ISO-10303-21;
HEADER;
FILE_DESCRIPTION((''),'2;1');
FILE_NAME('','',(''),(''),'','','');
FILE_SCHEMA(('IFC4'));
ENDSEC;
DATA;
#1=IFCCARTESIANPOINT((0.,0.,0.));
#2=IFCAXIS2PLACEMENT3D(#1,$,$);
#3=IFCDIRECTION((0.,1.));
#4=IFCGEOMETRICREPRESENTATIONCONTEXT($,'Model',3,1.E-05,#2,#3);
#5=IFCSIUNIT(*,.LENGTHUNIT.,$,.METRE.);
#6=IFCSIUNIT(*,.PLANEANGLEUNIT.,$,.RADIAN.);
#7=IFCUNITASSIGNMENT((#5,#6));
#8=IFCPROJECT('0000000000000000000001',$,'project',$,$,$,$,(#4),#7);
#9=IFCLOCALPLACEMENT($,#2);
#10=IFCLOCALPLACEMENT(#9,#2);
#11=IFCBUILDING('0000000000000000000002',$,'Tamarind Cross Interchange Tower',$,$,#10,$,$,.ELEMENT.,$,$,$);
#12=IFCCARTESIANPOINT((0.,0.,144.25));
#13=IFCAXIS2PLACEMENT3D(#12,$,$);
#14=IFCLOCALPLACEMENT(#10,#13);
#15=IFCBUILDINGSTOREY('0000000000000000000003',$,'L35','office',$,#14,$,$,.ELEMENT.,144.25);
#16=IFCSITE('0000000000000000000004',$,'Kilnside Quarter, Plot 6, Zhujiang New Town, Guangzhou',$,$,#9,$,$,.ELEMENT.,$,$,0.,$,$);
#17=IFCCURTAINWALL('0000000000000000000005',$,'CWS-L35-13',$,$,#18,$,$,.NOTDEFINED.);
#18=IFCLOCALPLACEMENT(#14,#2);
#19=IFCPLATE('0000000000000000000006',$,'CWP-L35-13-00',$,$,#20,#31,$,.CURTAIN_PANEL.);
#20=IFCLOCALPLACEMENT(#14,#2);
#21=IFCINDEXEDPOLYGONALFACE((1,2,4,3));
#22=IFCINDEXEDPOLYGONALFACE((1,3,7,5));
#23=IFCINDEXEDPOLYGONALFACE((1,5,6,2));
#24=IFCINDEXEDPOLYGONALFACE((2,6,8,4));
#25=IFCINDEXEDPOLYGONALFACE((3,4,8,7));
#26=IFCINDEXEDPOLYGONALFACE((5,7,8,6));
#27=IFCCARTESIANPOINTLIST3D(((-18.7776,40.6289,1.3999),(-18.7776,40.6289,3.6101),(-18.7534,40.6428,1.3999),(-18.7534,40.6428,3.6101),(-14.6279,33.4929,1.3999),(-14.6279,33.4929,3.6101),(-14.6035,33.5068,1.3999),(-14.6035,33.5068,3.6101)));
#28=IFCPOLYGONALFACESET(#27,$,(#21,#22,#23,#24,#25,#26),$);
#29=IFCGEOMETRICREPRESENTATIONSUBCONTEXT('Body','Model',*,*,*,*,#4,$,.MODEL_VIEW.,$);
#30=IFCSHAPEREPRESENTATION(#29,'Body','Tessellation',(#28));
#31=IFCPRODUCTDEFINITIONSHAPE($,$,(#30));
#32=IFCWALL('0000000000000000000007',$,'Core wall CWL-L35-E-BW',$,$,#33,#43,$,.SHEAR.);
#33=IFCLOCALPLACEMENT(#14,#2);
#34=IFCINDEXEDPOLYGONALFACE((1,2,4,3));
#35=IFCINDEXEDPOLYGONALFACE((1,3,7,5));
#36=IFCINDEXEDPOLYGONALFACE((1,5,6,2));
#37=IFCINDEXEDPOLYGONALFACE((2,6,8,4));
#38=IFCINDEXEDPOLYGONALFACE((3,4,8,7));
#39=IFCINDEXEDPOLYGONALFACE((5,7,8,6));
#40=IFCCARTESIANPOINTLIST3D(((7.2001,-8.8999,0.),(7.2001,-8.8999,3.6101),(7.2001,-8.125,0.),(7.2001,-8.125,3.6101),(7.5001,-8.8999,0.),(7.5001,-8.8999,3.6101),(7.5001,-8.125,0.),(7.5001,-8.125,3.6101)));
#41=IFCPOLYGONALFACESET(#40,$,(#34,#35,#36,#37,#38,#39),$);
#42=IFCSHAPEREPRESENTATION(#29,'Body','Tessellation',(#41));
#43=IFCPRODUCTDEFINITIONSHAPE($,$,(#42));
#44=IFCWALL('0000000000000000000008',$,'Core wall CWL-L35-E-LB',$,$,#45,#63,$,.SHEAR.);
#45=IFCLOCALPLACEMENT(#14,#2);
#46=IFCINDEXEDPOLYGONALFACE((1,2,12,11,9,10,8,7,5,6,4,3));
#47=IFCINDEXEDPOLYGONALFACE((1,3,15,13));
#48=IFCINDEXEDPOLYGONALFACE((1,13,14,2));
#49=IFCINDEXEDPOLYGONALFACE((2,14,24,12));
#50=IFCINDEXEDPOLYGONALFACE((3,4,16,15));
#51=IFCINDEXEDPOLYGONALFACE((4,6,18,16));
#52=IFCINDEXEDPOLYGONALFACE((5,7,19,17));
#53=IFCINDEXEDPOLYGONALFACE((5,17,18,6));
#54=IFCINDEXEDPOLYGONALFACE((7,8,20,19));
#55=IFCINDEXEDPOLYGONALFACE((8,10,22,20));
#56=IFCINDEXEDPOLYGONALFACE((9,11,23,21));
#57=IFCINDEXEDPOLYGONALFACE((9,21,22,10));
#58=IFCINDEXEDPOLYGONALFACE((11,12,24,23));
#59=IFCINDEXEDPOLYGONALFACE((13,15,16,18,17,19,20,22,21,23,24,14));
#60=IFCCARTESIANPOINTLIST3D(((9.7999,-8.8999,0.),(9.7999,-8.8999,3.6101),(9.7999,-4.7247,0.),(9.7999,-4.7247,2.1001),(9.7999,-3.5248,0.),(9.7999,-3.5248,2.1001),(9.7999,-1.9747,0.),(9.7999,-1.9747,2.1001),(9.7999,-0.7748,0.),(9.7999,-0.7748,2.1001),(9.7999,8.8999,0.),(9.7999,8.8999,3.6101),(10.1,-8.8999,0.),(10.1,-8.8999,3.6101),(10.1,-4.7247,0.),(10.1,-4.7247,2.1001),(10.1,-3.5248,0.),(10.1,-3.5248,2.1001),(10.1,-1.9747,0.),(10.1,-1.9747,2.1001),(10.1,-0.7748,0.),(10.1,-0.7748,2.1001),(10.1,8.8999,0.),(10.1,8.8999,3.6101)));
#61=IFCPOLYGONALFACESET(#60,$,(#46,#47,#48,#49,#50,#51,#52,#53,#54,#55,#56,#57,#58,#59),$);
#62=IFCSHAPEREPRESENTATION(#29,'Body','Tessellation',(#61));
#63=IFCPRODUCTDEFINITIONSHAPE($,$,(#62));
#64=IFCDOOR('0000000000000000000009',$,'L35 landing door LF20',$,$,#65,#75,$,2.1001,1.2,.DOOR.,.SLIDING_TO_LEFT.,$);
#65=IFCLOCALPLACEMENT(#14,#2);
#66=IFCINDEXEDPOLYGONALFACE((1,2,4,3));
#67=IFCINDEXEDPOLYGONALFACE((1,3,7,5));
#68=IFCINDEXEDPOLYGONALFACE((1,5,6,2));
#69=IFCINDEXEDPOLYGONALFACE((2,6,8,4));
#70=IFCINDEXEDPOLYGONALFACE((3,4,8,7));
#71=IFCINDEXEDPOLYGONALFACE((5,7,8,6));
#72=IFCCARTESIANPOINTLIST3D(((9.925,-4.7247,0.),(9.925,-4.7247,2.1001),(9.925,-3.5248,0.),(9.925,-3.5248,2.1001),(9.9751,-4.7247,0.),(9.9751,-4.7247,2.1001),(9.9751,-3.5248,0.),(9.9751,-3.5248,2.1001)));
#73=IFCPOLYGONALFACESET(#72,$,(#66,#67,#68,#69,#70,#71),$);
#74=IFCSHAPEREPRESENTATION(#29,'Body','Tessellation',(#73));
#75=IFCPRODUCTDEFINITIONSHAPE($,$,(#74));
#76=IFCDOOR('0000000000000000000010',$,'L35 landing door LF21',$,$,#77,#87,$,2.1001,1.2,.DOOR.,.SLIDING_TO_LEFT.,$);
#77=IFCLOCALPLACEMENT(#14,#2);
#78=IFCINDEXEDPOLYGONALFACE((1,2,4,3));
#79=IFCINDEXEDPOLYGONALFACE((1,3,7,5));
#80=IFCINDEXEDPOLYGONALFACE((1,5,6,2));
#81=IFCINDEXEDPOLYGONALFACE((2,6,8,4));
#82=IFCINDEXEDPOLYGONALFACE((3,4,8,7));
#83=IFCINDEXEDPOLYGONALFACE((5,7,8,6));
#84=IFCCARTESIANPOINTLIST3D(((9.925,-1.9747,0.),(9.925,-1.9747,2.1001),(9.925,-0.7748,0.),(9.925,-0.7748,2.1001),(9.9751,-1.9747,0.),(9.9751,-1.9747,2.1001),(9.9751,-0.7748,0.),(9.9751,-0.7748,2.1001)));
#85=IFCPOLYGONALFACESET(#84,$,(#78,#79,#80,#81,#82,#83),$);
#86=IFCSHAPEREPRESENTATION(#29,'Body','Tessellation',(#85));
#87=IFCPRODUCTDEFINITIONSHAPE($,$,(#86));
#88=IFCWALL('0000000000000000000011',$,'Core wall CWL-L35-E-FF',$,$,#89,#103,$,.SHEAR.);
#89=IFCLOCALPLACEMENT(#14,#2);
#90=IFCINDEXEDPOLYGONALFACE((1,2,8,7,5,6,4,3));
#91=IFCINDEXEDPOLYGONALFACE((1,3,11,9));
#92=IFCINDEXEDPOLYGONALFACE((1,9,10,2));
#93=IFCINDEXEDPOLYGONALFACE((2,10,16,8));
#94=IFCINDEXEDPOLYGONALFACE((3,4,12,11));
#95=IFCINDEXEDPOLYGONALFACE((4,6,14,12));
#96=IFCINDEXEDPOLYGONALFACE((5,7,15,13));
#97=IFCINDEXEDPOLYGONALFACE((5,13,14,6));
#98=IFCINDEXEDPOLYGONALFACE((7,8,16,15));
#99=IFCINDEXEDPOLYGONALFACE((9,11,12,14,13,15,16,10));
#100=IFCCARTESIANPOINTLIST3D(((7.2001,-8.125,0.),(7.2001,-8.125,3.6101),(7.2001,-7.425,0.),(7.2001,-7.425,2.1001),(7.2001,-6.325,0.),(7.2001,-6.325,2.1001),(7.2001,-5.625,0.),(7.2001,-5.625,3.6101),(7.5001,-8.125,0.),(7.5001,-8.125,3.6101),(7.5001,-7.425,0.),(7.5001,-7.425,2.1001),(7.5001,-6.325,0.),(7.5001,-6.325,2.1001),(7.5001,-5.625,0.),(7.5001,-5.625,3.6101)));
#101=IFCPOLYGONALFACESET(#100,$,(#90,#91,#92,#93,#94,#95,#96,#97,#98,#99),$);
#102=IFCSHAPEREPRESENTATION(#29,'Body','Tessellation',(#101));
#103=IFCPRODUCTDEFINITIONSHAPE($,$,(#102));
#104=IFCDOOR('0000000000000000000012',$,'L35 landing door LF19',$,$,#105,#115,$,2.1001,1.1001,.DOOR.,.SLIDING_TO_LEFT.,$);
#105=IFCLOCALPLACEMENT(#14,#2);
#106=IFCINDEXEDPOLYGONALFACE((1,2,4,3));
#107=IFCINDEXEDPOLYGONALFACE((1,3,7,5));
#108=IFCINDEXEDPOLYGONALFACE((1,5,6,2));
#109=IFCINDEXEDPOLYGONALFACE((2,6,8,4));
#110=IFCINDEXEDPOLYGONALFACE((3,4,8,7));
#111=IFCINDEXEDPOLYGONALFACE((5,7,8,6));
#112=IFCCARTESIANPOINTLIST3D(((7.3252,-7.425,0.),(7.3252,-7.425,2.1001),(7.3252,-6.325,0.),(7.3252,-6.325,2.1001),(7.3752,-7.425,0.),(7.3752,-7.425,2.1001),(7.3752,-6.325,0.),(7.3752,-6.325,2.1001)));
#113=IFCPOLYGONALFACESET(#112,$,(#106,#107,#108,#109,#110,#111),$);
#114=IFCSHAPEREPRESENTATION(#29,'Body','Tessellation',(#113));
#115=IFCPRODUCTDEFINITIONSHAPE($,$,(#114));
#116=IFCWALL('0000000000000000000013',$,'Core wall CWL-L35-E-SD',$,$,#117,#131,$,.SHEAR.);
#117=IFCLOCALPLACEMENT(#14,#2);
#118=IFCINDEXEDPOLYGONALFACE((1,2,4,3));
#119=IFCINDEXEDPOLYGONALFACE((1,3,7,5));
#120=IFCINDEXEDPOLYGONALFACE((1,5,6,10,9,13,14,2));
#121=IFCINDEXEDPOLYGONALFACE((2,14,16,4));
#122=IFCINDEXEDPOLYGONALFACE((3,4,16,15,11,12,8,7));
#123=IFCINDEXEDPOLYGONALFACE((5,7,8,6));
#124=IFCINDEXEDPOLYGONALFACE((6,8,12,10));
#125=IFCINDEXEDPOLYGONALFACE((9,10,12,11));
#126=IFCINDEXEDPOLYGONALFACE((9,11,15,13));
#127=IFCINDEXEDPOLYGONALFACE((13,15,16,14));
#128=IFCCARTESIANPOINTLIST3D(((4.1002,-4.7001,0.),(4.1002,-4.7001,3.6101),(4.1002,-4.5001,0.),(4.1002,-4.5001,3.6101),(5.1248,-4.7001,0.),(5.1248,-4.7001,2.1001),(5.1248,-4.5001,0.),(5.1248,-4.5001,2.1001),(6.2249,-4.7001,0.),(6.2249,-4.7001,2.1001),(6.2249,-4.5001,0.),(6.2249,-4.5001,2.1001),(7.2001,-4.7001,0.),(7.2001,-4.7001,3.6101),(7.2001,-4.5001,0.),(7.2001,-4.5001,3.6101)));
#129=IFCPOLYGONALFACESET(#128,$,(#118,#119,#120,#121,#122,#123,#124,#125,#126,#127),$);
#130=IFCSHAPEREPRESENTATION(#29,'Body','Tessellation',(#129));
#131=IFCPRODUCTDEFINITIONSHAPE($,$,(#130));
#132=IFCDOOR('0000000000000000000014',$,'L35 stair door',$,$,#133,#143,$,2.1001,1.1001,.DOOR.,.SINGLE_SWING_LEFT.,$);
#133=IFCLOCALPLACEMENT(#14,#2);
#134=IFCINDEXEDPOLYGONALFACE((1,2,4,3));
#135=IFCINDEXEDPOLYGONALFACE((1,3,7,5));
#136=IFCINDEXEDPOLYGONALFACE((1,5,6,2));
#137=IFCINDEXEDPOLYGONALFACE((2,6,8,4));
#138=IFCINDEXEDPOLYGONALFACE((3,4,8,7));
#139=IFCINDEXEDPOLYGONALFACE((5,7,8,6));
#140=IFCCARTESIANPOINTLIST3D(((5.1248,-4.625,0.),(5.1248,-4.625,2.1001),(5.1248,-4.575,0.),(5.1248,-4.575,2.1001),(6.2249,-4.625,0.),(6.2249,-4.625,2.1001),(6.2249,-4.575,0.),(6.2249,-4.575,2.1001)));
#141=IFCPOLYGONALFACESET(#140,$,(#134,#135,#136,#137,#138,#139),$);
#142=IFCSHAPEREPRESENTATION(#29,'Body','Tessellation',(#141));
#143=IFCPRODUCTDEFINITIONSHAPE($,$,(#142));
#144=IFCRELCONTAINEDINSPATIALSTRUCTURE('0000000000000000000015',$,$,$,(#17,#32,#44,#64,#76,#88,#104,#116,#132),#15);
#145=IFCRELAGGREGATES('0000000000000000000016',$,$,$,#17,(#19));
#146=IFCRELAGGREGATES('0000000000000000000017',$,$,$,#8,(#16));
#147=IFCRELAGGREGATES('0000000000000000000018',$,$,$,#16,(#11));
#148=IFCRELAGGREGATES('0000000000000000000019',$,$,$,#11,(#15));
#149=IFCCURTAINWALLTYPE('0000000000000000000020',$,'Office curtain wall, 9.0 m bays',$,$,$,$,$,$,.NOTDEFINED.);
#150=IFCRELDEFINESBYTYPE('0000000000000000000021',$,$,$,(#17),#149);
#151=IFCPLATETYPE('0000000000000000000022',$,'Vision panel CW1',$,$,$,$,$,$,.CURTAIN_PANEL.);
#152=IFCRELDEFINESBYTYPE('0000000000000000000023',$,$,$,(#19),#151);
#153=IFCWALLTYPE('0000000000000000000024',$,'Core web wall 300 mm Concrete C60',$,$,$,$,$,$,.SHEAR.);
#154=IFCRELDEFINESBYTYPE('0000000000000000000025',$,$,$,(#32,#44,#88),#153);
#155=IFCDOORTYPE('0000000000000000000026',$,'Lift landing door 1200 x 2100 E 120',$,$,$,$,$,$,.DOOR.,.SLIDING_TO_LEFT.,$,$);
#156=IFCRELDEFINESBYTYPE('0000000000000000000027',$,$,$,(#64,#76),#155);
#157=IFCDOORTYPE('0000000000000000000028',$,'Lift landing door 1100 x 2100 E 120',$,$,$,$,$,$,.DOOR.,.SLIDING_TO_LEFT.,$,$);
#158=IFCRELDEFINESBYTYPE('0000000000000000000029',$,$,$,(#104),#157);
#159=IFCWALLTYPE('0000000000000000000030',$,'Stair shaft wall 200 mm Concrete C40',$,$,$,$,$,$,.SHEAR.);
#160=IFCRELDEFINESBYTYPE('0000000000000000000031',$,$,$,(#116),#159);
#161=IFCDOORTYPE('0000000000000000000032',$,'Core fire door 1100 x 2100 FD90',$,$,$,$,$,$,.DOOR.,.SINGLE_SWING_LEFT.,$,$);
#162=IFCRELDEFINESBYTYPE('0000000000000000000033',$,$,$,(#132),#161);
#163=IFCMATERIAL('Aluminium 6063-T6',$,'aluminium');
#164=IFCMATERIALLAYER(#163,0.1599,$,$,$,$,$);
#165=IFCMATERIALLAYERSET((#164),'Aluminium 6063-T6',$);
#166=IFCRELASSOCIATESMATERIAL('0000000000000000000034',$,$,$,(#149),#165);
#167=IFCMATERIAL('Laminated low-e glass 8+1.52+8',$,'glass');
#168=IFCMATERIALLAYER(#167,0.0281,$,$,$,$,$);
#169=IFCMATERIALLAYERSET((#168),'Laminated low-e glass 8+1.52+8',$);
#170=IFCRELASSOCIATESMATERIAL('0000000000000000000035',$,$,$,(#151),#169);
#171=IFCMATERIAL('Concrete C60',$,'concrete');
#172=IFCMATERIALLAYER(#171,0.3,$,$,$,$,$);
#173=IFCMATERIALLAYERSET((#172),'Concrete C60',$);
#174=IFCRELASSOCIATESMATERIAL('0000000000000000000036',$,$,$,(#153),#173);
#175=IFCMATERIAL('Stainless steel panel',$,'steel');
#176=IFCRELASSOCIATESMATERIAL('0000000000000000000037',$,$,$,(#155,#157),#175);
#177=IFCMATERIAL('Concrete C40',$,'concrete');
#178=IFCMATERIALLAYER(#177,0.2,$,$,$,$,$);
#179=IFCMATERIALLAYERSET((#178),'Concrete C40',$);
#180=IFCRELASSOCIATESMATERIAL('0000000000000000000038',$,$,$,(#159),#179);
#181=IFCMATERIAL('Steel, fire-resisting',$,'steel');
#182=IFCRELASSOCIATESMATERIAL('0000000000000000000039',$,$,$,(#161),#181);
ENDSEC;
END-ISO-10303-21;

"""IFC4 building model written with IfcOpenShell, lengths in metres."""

from ifc_helpers import new_model, si_unit, direction, frame, frame_2d, origin, place, context, subcontext, project, spatial, polyline, rectangle, outline, extrude, material, layer, layer_set, type_object, element, fill, aggregate, save


model = new_model("IFC4")

# Units and contexts
model_context = context("Model", 3, precision=1e-05, world=origin(), true_north=direction((0.0, 1.0)))
body_context = subcontext(model_context, "Body", "Model", "MODEL_VIEW")
ifc_project = project(units=[si_unit("LENGTHUNIT", "METRE"), si_unit("PLANEANGLEUNIT", "RADIAN")], contexts=[model_context])

# Site, building, storey
site_placement = place(None, origin())
site = spatial("IfcSite", under=ifc_project, at=site_placement, Name="Kilnside Quarter, Plot 6, Zhujiang New Town, Guangzhou", CompositionType="ELEMENT", RefElevation=0.0)
building_placement = place(site_placement, origin())
building = spatial("IfcBuilding", under=site, at=building_placement, Name="Tamarind Cross Interchange Tower", CompositionType="ELEMENT")
storey_placement = place(building_placement, frame((0.0, 0.0, 144.25)))
storey = spatial("IfcBuildingStorey", under=building, at=storey_placement, Name="L35", Description="office", CompositionType="ELEMENT", Elevation=144.25)

# Curtain wall, plate
ifc_material_1 = material(Name="Aluminium 6063-T6", Category="aluminium")
ifc_layer_1 = layer(ifc_material_1, 0.1599)
ifc_layer_set_1 = layer_set([ifc_layer_1], Name="Aluminium 6063-T6")
curtain_wall_type = type_object("IfcCurtainWallType", Name="Office curtain wall, 9.0 m bays", PredefinedType="NOTDEFINED", material=ifc_layer_set_1)
curtain_wall_placement = place(storey_placement, origin())
curtain_wall = element("IfcCurtainWall", 1, at=curtain_wall_placement, inside=storey, type_object=curtain_wall_type, Name="CWS-L35-13", PredefinedType="NOTDEFINED")
ifc_material_2 = material(Name="Laminated low-e glass 8+1.52+8", Category="glass")
ifc_layer_2 = layer(ifc_material_2, 0.0281)
ifc_layer_set_2 = layer_set([ifc_layer_2], Name="Laminated low-e glass 8+1.52+8")
plate_type = type_object("IfcPlateType", Name="Vision panel CW1", PredefinedType="CURTAIN_PANEL", material=ifc_layer_set_2)
plate_placement = place(storey_placement, frame((0.0, 0.0, 1.3999)))
plate = element("IfcPlate", 2, at=plate_placement, type_object=plate_type, Name="CWP-L35-13-00", PredefinedType="CURTAIN_PANEL", context=body_context, shape_type="SweptSolid", body=[
    extrude(outline(polyline([(-18.7534, 40.6428), (-14.6035, 33.5068), (-14.6279, 33.4929), (-18.7776, 40.6289), (-18.7534, 40.6428)])), origin(), (0.0, 0.0, 1.0), 2.2102),
])
aggregate(curtain_wall, [plate])

# Wall
ifc_material_3 = material(Name="Concrete C60", Category="concrete")
ifc_layer_3 = layer(ifc_material_3, 0.3)
ifc_layer_set_3 = layer_set([ifc_layer_3], Name="Concrete C60")
wall_type_1 = type_object("IfcWallType", Name="Core web wall 300 mm Concrete C60", PredefinedType="SHEAR", material=ifc_layer_set_3)
wall_1_placement = place(storey_placement, frame((7.3501, -8.8999, 0.0), z_axis=(0.0, 0.0, 1.0), x_axis=(0.0, 1.0, 0.0)))
element("IfcWall", 3, at=wall_1_placement, inside=storey, type_object=wall_type_1, Name="Core wall CWL-L35-E-BW", PredefinedType="SHEAR", context=body_context, shape_type="SweptSolid", body=[
    extrude(rectangle(XDim=0.7749, YDim=0.3, at=frame_2d((0.3875, 0.0))), origin(), (0.0, 0.0, 1.0), 3.6101),
])

# Wall, openings, doors
wall_2_placement = place(storey_placement, frame((9.95, -8.8999, 0.0), z_axis=(0.0, 0.0, 1.0), x_axis=(0.0, 1.0, 0.0)))
wall_2 = element("IfcWall", 4, at=wall_2_placement, inside=storey, type_object=wall_type_1, Name="Core wall CWL-L35-E-LB", PredefinedType="SHEAR", context=body_context, shape_type="SweptSolid", body=[
    extrude(rectangle(XDim=17.7998, YDim=0.3, at=frame_2d((8.8999, 0.0))), origin(), (0.0, 0.0, 1.0), 3.6101),
])
opening_1_placement = place(wall_2_placement, frame((4.175, 0.0, 0.0)))
opening_1 = element("IfcOpeningElement", 5, at=opening_1_placement, cuts=wall_2, PredefinedType="OPENING", context=body_context, shape_type="SweptSolid", body=[
    extrude(rectangle(XDim=1.2, YDim=2.1001, at=frame_2d((0.6001, 1.05))), frame((0.0, 0.1599, 0.0), z_axis=(0.0, -1.0, 0.0), x_axis=(1.0, 0.0, 0.0)), (0.0, 0.0, 1.0), 0.3201),
])
opening_2_placement = place(wall_2_placement, frame((6.925, 0.0, 0.0)))
opening_2 = element("IfcOpeningElement", 6, at=opening_2_placement, cuts=wall_2, PredefinedType="OPENING", context=body_context, shape_type="SweptSolid", body=[
    extrude(rectangle(XDim=1.2, YDim=2.1001, at=frame_2d((0.6001, 1.05))), frame((0.0, 0.1599, 0.0), z_axis=(0.0, -1.0, 0.0), x_axis=(1.0, 0.0, 0.0)), (0.0, 0.0, 1.0), 0.3201),
])
ifc_material_4 = material(Name="Stainless steel panel", Category="steel")
door_type_1 = type_object("IfcDoorType", Name="Lift landing door 1200 x 2100 E 120", OperationType="SLIDING_TO_LEFT", PredefinedType="DOOR", material=ifc_material_4)
door_1_placement = place(opening_1_placement, origin())
door_1 = element("IfcDoor", 7, at=door_1_placement, inside=storey, type_object=door_type_1, Name="L35 landing door LF20", OperationType="SLIDING_TO_LEFT", OverallHeight=2.1001, OverallWidth=1.2, PredefinedType="DOOR", context=body_context, shape_type="SweptSolid", body=[
    extrude(rectangle(XDim=1.2, YDim=2.1001, at=frame_2d((0.6001, 1.05))), frame((0.0, 0.0249, 0.0), z_axis=(0.0, -1.0, 0.0), x_axis=(1.0, 0.0, 0.0)), (0.0, 0.0, 1.0), 0.05),
])
fill(opening_1, door_1)
door_2_placement = place(opening_2_placement, origin())
door_2 = element("IfcDoor", 8, at=door_2_placement, inside=storey, type_object=door_type_1, Name="L35 landing door LF21", OperationType="SLIDING_TO_LEFT", OverallHeight=2.1001, OverallWidth=1.2, PredefinedType="DOOR", context=body_context, shape_type="SweptSolid", body=[
    extrude(rectangle(XDim=1.2, YDim=2.1001, at=frame_2d((0.6001, 1.05))), frame((0.0, 0.0249, 0.0), z_axis=(0.0, -1.0, 0.0), x_axis=(1.0, 0.0, 0.0)), (0.0, 0.0, 1.0), 0.05),
])
fill(opening_2, door_2)

# Walls, openings, doors
wall_3_placement = place(storey_placement, frame((7.3501, -8.125, 0.0), z_axis=(0.0, 0.0, 1.0), x_axis=(0.0, 1.0, 0.0)))
wall_3 = element("IfcWall", 9, at=wall_3_placement, inside=storey, type_object=wall_type_1, Name="Core wall CWL-L35-E-FF", PredefinedType="SHEAR", context=body_context, shape_type="SweptSolid", body=[
    extrude(rectangle(XDim=2.5, YDim=0.3, at=frame_2d((1.25, 0.0))), origin(), (0.0, 0.0, 1.0), 3.6101),
])
opening_3_placement = place(wall_3_placement, frame((0.7, 0.0, 0.0)))
opening_3 = element("IfcOpeningElement", 10, at=opening_3_placement, cuts=wall_3, PredefinedType="OPENING", context=body_context, shape_type="SweptSolid", body=[
    extrude(rectangle(XDim=1.1001, YDim=2.1001, at=frame_2d((0.55, 1.05))), frame((0.0, 0.1599, 0.0), z_axis=(0.0, -1.0, 0.0), x_axis=(1.0, 0.0, 0.0)), (0.0, 0.0, 1.0), 0.3201),
])
door_type_2 = type_object("IfcDoorType", Name="Lift landing door 1100 x 2100 E 120", OperationType="SLIDING_TO_LEFT", PredefinedType="DOOR", material=ifc_material_4)
door_3_placement = place(opening_3_placement, origin())
door_3 = element("IfcDoor", 11, at=door_3_placement, inside=storey, type_object=door_type_2, Name="L35 landing door LF19", OperationType="SLIDING_TO_LEFT", OverallHeight=2.1001, OverallWidth=1.1001, PredefinedType="DOOR", context=body_context, shape_type="SweptSolid", body=[
    extrude(rectangle(XDim=1.1001, YDim=2.1001, at=frame_2d((0.55, 1.05))), frame((0.0, 0.0249, 0.0), z_axis=(0.0, -1.0, 0.0), x_axis=(1.0, 0.0, 0.0)), (0.0, 0.0, 1.0), 0.05),
])
fill(opening_3, door_3)
ifc_material_5 = material(Name="Concrete C40", Category="concrete")
ifc_layer_4 = layer(ifc_material_5, 0.2)
ifc_layer_set_4 = layer_set([ifc_layer_4], Name="Concrete C40")
wall_type_2 = type_object("IfcWallType", Name="Stair shaft wall 200 mm Concrete C40", PredefinedType="SHEAR", material=ifc_layer_set_4)
wall_4_placement = place(storey_placement, frame((7.2, -4.6001, 0.0), z_axis=(0.0, 0.0, 1.0), x_axis=(-1.0, 0.0, 0.0)))
wall_4 = element("IfcWall", 12, at=wall_4_placement, inside=storey, type_object=wall_type_2, Name="Core wall CWL-L35-E-SD", PredefinedType="SHEAR", context=body_context, shape_type="SweptSolid", body=[
    extrude(rectangle(XDim=3.0999, YDim=0.2, at=frame_2d((1.5498, 0.0))), origin(), (0.0, 0.0, 1.0), 3.6101),
])
opening_4_placement = place(wall_4_placement, frame((0.9751, 0.0, 0.0)))
opening_4 = element("IfcOpeningElement", 13, at=opening_4_placement, cuts=wall_4, PredefinedType="OPENING", context=body_context, shape_type="SweptSolid", body=[
    extrude(rectangle(XDim=1.1001, YDim=2.1001, at=frame_2d((0.55, 1.05))), frame((0.0, 0.1099, 0.0), z_axis=(0.0, -1.0, 0.0), x_axis=(1.0, 0.0, 0.0)), (0.0, 0.0, 1.0), 0.22),
])
ifc_material_6 = material(Name="Steel, fire-resisting", Category="steel")
door_type_3 = type_object("IfcDoorType", Name="Core fire door 1100 x 2100 FD90", OperationType="SINGLE_SWING_LEFT", PredefinedType="DOOR", material=ifc_material_6)
door_4_placement = place(opening_4_placement, origin())
door_4 = element("IfcDoor", 14, at=door_4_placement, inside=storey, type_object=door_type_3, Name="L35 stair door", OperationType="SINGLE_SWING_LEFT", OverallHeight=2.1001, OverallWidth=1.1001, PredefinedType="DOOR", context=body_context, shape_type="SweptSolid", body=[
    extrude(rectangle(XDim=1.1001, YDim=2.1001, at=frame_2d((0.55, 1.05))), frame((0.0, 0.0249, 0.0), z_axis=(0.0, -1.0, 0.0), x_axis=(1.0, 0.0, 0.0)), (0.0, 0.0, 1.0), 0.05),
])
fill(opening_4, door_4)

save(model, "model.ifc")
